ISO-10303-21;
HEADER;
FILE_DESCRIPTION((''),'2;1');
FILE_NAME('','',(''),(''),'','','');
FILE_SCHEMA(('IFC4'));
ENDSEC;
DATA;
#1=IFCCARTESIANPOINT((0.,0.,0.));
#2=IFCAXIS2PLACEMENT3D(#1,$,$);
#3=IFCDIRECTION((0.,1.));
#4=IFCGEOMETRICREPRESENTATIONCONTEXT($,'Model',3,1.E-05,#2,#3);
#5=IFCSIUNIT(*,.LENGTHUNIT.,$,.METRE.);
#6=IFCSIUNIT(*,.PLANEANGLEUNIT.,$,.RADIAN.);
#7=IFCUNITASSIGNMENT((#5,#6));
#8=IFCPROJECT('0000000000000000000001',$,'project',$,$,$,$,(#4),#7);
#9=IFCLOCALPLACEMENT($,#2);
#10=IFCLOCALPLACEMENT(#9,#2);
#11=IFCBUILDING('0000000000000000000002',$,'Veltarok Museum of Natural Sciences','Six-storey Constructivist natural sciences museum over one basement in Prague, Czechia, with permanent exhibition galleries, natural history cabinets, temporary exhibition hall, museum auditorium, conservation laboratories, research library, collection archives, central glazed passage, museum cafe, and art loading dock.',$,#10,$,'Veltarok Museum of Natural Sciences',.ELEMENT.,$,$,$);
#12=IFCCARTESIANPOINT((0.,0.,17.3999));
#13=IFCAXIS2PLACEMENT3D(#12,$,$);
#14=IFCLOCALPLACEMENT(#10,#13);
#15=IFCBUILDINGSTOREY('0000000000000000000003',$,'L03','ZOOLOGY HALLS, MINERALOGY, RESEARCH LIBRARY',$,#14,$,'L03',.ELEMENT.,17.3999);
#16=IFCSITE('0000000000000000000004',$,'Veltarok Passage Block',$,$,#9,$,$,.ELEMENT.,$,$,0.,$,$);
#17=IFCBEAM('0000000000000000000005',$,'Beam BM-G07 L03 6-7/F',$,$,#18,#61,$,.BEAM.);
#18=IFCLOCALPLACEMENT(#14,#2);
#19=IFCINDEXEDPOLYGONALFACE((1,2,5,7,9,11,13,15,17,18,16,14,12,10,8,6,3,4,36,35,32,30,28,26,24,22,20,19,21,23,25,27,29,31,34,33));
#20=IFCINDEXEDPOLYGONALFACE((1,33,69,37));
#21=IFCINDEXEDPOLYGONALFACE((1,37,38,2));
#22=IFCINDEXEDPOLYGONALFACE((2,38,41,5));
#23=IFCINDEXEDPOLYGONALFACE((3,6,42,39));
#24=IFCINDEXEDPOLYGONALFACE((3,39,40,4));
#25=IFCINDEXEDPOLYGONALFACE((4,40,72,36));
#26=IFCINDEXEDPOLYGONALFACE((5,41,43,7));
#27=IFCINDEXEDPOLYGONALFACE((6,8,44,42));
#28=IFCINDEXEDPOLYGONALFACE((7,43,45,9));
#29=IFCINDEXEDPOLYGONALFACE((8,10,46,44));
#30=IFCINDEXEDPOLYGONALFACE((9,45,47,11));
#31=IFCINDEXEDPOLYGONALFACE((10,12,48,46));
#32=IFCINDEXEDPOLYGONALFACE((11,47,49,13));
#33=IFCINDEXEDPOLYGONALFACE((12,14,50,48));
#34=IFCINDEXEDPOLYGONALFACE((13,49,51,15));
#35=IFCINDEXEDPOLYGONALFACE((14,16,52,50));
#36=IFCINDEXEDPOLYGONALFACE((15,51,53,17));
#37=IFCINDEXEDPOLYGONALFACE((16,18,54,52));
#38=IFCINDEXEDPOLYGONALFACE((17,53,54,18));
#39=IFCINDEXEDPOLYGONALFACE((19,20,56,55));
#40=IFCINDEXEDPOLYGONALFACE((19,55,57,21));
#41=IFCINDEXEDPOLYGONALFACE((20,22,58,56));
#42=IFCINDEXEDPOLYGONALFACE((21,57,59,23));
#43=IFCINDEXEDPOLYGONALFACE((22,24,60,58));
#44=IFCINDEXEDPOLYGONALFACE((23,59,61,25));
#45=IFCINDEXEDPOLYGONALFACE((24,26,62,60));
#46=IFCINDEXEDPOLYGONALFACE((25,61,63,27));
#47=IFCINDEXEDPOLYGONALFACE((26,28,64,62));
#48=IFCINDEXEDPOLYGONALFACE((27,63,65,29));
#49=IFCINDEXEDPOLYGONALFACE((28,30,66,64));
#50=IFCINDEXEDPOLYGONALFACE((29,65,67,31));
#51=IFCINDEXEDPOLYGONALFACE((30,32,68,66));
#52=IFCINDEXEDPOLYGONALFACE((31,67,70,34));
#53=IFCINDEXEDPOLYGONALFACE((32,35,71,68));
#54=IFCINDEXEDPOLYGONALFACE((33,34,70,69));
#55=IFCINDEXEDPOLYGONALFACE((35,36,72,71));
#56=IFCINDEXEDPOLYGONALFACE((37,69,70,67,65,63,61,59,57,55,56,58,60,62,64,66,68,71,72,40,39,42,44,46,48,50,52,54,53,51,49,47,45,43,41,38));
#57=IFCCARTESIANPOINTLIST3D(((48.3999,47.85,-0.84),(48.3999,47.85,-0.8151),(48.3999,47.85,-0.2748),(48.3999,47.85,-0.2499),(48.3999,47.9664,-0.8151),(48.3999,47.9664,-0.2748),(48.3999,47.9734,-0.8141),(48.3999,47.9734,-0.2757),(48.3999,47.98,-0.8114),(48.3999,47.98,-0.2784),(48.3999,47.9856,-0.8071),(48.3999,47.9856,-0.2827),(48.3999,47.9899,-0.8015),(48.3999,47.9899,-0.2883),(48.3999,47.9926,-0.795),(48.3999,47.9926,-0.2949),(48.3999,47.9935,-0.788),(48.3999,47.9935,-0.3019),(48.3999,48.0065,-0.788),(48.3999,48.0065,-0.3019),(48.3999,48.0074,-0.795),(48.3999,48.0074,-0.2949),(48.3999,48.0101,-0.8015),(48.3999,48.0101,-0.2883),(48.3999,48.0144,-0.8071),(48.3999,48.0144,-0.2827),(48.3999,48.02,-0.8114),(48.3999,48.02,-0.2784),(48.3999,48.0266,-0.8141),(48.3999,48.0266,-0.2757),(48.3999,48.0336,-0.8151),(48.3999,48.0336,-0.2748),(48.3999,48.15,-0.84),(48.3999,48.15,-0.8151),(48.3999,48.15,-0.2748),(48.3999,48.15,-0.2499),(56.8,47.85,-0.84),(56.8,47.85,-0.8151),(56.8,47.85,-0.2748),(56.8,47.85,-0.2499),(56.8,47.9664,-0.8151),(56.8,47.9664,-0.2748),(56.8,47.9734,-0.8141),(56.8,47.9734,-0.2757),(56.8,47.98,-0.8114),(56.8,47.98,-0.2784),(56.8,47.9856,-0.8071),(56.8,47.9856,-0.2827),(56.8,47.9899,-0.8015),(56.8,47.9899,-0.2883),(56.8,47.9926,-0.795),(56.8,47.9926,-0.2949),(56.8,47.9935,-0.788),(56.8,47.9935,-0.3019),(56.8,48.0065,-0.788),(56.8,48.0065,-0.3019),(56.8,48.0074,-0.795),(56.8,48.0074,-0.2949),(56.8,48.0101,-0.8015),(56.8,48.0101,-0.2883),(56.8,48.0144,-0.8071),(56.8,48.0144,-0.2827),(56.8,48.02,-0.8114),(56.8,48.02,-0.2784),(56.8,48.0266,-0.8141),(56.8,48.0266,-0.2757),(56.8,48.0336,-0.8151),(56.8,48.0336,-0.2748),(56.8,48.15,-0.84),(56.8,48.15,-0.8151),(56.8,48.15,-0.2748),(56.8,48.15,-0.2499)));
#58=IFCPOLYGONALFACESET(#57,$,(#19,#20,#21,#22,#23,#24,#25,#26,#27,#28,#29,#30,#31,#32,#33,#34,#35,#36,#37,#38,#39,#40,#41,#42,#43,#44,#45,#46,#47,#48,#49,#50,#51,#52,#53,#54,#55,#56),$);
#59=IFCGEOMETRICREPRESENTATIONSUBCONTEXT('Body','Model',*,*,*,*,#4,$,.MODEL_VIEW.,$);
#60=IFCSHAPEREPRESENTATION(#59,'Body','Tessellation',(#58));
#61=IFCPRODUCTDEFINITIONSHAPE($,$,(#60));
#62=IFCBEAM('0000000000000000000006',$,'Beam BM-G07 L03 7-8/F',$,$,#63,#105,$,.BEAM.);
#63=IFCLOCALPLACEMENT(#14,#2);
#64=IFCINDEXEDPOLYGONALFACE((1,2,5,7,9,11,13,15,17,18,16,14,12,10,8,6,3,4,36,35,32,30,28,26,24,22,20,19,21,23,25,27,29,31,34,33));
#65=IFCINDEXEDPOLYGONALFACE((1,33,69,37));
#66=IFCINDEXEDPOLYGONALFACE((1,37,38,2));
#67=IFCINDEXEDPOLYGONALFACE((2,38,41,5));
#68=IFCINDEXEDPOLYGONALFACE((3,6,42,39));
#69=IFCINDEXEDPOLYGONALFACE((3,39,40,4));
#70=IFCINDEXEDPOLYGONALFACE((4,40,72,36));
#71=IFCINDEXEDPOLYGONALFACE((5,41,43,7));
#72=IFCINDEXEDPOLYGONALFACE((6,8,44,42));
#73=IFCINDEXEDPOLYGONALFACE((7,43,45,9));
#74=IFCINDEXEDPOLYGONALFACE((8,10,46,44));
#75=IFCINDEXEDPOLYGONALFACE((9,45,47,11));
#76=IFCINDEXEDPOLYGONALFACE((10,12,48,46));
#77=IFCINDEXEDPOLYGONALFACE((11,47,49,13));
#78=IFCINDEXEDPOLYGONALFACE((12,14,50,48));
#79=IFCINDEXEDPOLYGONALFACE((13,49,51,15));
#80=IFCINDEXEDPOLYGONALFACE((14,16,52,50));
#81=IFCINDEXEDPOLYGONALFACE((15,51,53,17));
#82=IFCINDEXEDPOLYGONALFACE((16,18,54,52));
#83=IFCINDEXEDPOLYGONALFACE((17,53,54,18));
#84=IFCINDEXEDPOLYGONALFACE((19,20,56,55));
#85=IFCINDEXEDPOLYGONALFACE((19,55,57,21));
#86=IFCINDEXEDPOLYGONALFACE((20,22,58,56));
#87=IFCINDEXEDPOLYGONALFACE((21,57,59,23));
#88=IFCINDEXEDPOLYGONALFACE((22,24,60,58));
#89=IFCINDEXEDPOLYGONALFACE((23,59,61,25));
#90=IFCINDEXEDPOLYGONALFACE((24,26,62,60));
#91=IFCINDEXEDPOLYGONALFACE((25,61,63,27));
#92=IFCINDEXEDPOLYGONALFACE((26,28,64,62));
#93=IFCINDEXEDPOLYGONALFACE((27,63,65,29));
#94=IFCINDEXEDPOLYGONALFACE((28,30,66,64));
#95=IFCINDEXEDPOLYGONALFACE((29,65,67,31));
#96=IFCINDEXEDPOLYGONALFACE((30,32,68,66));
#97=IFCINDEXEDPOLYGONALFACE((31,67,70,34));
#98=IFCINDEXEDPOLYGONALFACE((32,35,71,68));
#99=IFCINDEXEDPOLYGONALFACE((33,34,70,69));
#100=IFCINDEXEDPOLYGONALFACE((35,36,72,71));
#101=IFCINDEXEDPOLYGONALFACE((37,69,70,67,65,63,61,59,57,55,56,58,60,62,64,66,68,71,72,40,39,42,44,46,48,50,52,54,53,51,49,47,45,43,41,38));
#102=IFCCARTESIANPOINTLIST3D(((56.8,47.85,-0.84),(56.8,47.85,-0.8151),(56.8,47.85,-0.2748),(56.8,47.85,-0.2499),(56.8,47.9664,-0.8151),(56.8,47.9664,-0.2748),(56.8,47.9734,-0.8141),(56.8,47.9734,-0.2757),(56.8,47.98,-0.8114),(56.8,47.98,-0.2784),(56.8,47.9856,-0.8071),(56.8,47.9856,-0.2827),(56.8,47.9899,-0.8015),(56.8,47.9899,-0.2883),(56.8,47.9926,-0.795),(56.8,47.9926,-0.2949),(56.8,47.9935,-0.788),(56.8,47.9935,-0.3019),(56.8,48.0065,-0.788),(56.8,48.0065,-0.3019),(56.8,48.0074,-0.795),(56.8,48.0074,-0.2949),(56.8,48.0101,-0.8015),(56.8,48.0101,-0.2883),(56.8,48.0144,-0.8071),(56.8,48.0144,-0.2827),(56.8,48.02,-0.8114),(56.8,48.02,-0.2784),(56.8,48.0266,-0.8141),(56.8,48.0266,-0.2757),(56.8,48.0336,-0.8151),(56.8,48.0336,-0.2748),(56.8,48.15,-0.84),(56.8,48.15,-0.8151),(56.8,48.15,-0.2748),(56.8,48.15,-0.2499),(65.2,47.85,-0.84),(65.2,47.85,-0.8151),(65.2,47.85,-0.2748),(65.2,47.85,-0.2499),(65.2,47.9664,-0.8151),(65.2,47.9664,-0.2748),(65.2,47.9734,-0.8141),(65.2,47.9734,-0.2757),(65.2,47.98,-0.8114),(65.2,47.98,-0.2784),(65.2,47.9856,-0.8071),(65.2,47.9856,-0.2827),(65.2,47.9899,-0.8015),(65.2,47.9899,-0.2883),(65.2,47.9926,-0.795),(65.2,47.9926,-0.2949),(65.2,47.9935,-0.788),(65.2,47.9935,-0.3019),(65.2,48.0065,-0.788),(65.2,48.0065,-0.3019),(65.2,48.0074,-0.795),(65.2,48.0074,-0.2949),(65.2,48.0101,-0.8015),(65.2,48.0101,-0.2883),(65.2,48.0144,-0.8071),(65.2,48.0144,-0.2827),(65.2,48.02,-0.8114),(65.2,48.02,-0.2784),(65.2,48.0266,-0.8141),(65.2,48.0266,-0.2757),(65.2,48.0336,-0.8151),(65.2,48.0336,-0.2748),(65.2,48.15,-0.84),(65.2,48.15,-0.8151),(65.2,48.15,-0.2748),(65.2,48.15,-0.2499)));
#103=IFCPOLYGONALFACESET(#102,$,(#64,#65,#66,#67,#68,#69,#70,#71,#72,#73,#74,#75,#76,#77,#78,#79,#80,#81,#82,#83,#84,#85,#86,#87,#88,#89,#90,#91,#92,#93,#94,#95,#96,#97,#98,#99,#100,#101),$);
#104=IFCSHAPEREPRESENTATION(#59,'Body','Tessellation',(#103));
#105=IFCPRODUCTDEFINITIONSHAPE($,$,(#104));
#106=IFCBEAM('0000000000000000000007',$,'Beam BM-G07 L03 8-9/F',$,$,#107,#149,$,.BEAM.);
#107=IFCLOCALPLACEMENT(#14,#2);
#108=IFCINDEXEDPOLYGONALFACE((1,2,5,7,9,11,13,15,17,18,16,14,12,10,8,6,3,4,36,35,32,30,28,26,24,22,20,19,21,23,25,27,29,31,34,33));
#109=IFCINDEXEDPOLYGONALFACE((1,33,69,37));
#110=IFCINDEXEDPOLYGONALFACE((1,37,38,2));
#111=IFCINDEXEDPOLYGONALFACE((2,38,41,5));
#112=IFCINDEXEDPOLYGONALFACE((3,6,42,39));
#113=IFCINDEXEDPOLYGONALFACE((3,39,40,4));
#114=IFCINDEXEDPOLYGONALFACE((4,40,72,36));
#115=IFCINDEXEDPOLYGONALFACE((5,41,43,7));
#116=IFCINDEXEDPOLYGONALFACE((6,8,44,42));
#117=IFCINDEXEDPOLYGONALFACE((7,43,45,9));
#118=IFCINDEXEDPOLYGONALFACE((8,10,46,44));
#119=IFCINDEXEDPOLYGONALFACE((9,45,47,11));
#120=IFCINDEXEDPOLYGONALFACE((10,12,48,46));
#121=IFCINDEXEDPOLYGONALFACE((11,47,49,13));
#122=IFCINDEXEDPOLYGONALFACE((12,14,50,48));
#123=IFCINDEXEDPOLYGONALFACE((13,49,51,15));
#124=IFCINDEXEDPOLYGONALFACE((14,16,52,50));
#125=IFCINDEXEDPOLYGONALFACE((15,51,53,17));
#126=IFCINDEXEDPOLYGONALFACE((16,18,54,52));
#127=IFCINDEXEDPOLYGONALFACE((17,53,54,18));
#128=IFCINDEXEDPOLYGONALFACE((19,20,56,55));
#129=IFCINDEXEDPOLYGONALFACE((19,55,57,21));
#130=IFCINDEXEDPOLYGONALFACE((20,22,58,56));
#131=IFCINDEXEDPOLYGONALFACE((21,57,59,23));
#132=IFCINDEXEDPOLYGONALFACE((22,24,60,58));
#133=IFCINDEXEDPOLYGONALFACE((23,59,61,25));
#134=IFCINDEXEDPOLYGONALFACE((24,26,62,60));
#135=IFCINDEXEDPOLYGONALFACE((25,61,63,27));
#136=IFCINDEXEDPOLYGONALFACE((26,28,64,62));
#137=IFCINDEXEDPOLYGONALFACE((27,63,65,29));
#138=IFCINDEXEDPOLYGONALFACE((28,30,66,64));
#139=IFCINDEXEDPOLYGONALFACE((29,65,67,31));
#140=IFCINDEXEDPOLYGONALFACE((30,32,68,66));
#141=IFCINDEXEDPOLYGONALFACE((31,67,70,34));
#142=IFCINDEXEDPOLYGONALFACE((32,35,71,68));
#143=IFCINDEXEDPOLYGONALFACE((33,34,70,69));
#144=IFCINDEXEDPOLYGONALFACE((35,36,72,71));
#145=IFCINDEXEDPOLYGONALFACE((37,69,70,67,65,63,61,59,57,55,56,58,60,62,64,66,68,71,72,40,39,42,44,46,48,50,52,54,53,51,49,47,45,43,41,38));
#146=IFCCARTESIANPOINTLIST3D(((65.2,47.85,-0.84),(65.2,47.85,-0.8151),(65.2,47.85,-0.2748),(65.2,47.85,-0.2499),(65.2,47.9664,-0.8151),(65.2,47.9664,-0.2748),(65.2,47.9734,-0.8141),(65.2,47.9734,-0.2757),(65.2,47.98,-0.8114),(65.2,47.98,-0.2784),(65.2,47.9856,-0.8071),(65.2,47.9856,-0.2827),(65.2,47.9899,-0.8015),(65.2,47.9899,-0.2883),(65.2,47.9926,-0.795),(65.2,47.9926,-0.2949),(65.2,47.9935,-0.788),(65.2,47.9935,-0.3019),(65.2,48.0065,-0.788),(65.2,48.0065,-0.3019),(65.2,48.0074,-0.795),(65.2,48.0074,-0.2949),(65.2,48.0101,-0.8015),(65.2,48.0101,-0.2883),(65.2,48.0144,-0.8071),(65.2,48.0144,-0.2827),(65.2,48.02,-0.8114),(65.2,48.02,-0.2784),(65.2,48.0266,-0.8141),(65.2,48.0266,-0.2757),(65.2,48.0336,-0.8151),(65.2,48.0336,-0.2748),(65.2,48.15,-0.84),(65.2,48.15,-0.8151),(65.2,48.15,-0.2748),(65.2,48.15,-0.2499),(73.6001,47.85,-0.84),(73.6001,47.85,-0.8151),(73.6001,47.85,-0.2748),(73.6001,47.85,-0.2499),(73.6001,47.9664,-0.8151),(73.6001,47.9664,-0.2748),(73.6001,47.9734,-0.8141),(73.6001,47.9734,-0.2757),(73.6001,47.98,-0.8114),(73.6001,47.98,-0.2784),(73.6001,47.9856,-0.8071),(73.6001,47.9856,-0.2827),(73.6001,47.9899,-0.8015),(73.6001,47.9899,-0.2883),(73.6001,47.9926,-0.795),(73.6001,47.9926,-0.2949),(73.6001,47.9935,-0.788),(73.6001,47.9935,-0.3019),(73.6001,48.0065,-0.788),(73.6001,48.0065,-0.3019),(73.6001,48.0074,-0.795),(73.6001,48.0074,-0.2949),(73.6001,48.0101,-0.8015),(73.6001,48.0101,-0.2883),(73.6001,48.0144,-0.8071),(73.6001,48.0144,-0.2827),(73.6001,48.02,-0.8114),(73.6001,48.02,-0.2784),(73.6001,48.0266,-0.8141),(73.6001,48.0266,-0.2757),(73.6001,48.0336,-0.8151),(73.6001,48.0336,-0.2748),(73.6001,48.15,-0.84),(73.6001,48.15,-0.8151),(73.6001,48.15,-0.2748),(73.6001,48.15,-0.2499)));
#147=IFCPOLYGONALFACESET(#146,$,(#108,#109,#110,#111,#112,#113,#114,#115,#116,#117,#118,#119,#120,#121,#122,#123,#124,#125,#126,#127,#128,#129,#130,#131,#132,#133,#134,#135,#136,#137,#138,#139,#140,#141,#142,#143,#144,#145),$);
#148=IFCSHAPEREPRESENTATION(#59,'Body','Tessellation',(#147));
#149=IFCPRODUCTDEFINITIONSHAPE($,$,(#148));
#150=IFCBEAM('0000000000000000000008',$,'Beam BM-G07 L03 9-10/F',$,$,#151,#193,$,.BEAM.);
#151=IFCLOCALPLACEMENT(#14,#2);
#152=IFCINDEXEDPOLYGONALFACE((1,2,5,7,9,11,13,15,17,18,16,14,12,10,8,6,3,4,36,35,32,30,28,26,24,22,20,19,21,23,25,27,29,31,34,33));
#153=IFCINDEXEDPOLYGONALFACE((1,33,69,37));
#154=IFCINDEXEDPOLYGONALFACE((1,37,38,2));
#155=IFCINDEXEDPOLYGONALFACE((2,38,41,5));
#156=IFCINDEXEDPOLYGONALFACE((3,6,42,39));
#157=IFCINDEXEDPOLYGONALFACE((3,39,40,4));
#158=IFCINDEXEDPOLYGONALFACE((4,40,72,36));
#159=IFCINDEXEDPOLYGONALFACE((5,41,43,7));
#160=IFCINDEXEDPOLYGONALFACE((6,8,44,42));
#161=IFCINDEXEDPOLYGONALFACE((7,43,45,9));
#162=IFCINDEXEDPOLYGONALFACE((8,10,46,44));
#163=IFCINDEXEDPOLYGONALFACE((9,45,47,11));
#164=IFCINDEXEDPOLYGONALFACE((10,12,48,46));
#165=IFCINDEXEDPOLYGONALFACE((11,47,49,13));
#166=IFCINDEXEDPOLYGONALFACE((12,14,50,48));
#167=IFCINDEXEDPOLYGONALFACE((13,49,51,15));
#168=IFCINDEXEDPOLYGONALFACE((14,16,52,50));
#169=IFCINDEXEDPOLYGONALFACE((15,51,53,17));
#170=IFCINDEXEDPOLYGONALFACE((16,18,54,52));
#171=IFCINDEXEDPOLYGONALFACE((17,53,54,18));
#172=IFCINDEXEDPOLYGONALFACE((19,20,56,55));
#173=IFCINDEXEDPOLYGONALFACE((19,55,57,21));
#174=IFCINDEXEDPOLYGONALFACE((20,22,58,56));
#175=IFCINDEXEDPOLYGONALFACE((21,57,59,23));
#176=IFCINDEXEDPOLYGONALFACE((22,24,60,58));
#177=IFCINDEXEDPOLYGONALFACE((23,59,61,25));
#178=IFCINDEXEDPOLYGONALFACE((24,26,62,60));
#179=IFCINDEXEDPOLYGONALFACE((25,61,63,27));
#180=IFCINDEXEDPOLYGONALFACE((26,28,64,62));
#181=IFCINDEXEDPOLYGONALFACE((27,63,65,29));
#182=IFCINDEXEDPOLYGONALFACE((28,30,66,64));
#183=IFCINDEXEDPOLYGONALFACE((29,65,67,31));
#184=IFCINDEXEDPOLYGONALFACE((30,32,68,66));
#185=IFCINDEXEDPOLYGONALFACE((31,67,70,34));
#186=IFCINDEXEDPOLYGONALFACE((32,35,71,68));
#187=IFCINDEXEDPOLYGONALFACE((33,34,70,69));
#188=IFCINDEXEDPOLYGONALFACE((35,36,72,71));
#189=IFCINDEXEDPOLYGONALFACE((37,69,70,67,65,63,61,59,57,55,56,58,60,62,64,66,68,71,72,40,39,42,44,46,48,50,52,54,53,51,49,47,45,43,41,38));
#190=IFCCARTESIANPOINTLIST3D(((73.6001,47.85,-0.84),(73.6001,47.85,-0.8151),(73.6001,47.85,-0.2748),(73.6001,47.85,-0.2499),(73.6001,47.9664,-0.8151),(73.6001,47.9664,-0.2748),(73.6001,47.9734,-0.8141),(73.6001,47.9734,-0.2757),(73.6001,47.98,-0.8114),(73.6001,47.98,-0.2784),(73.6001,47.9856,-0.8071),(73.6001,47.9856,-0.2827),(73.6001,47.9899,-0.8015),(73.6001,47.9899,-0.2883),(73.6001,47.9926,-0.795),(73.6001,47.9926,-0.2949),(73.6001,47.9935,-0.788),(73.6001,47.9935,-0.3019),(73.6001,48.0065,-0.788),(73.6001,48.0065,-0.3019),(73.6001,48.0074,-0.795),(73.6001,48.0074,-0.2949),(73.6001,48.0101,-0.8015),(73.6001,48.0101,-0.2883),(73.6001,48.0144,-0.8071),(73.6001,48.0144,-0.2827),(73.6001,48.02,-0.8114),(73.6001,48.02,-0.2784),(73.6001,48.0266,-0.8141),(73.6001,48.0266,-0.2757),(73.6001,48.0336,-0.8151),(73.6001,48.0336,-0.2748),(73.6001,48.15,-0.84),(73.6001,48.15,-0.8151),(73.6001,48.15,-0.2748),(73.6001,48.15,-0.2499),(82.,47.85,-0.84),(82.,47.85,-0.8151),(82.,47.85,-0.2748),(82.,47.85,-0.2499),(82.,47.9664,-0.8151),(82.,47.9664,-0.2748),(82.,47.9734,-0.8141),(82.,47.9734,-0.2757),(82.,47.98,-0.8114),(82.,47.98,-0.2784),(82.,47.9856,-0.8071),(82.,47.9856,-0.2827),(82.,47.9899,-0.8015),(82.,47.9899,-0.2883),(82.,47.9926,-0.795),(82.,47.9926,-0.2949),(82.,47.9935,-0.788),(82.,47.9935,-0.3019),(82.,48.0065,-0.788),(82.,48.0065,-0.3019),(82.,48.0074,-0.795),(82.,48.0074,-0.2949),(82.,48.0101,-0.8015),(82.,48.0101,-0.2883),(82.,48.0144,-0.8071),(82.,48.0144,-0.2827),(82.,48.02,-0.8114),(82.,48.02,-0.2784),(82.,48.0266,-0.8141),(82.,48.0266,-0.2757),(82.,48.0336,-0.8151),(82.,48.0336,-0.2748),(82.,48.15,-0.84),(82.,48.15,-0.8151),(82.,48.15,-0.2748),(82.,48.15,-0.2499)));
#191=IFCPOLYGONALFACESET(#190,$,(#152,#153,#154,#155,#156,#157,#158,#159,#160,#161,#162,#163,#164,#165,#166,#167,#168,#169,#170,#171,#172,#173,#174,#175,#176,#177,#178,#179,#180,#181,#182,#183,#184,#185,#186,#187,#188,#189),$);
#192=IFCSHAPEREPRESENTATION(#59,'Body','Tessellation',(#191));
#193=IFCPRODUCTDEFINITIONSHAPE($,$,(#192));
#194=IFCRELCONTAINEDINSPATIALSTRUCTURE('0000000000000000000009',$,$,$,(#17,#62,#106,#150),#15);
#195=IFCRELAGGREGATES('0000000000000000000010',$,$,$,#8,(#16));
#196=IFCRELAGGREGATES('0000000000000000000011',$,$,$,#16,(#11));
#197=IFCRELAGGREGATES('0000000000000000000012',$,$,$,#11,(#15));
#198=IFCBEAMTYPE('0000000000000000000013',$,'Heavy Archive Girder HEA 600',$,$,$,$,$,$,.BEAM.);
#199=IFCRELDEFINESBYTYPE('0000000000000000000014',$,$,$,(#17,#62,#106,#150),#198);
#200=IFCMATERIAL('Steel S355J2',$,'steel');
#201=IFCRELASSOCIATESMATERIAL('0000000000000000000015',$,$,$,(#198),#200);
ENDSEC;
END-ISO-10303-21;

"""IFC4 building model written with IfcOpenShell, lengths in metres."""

from ifc_helpers import new_model, si_unit, direction, frame, origin, origin_2d, place, context, subcontext, project, spatial, i_section, extrude, material, material_profile, profile_set, type_object, element, save


model = new_model("IFC4")

# Units and contexts
model_context = context("Model", 3, precision=1e-05, world=origin(), true_north=direction((0.0, 1.0)))
body_context = subcontext(model_context, "Body", "Model", "MODEL_VIEW")
ifc_project = project(units=[si_unit("LENGTHUNIT", "METRE"), si_unit("PLANEANGLEUNIT", "RADIAN")], contexts=[model_context])

# Site, building, storey
site_placement = place(None, origin())
site = spatial("IfcSite", under=ifc_project, at=site_placement, Name="Veltarok Passage Block", CompositionType="ELEMENT", RefElevation=0.0)
building_placement = place(site_placement, origin())
building = spatial("IfcBuilding", under=site, at=building_placement, Name="Veltarok Museum of Natural Sciences", Description="Six-storey Constructivist natural sciences museum over one basement in Prague, Czechia, with permanent exhibition galleries, natural history cabinets, temporary exhibition hall, museum auditorium, conservation laboratories, research library, collection archives, central glazed passage, museum cafe, and art loading dock.", LongName="Veltarok Museum of Natural Sciences", CompositionType="ELEMENT")
storey_placement = place(building_placement, frame((0.0, 0.0, 17.3999)))
storey = spatial("IfcBuildingStorey", under=building, at=storey_placement, Name="L03", Description="ZOOLOGY HALLS, MINERALOGY, RESEARCH LIBRARY", LongName="L03", CompositionType="ELEMENT", Elevation=17.3999)

# Shared definitions
ifc_material = material(Name="Steel S355J2", Category="steel")

# Beams
ifc_material_profile_1 = material_profile(ifc_material, i_section(OverallWidth=0.3, OverallDepth=0.5901, WebThickness=0.0129, FlangeThickness=0.0249, FilletRadius=0.0271, at=origin_2d()), Name="HEA 600")
ifc_profile_set_1 = profile_set([ifc_material_profile_1], Name="Steel S355J2")
beam_type_1 = type_object("IfcBeamType", Name="Heavy Archive Girder HEA 600", PredefinedType="BEAM", material=ifc_profile_set_1)
beam_1_placement = place(storey_placement, frame((48.3999, 48.0, -0.5449), z_axis=(1.0, 0.0, 0.0), x_axis=(0.0, 1.0, 0.0)))
element("IfcBeam", 1, at=beam_1_placement, inside=storey, type_object=beam_type_1, Name="Beam BM-G07 L03 6-7/F", PredefinedType="BEAM", context=body_context, shape_type="SweptSolid", body=[
    extrude(i_section(OverallWidth=0.3, OverallDepth=0.5901, WebThickness=0.0129, FlangeThickness=0.0249, FilletRadius=0.0271, at=origin_2d()), origin(), (0.0, 0.0, 1.0), 8.4001),
])
beam_2_placement = place(storey_placement, frame((56.8, 48.0, -0.5449), z_axis=(1.0, 0.0, 0.0), x_axis=(0.0, 1.0, 0.0)))
element("IfcBeam", 2, at=beam_2_placement, inside=storey, type_object=beam_type_1, Name="Beam BM-G07 L03 7-8/F", PredefinedType="BEAM", context=body_context, shape_type="SweptSolid", body=[
    extrude(i_section(OverallWidth=0.3, OverallDepth=0.5901, WebThickness=0.0129, FlangeThickness=0.0249, FilletRadius=0.0271, at=origin_2d()), origin(), (0.0, 0.0, 1.0), 8.3999),
])
beam_3_placement = place(storey_placement, frame((65.2, 48.0, -0.5449), z_axis=(1.0, 0.0, 0.0), x_axis=(0.0, 1.0, 0.0)))
element("IfcBeam", 3, at=beam_3_placement, inside=storey, type_object=beam_type_1, Name="Beam BM-G07 L03 8-9/F", PredefinedType="BEAM", context=body_context, shape_type="SweptSolid", body=[
    extrude(i_section(OverallWidth=0.3, OverallDepth=0.5901, WebThickness=0.0129, FlangeThickness=0.0249, FilletRadius=0.0271, at=origin_2d()), origin(), (0.0, 0.0, 1.0), 8.4001),
])
beam_4_placement = place(storey_placement, frame((73.6001, 48.0, -0.5449), z_axis=(1.0, 0.0, 0.0), x_axis=(0.0, 1.0, 0.0)))
element("IfcBeam", 4, at=beam_4_placement, inside=storey, type_object=beam_type_1, Name="Beam BM-G07 L03 9-10/F", PredefinedType="BEAM", context=body_context, shape_type="SweptSolid", body=[
    extrude(i_section(OverallWidth=0.3, OverallDepth=0.5901, WebThickness=0.0129, FlangeThickness=0.0249, FilletRadius=0.0271, at=origin_2d()), origin(), (0.0, 0.0, 1.0), 8.3999),
])

save(model, "model.ifc")
